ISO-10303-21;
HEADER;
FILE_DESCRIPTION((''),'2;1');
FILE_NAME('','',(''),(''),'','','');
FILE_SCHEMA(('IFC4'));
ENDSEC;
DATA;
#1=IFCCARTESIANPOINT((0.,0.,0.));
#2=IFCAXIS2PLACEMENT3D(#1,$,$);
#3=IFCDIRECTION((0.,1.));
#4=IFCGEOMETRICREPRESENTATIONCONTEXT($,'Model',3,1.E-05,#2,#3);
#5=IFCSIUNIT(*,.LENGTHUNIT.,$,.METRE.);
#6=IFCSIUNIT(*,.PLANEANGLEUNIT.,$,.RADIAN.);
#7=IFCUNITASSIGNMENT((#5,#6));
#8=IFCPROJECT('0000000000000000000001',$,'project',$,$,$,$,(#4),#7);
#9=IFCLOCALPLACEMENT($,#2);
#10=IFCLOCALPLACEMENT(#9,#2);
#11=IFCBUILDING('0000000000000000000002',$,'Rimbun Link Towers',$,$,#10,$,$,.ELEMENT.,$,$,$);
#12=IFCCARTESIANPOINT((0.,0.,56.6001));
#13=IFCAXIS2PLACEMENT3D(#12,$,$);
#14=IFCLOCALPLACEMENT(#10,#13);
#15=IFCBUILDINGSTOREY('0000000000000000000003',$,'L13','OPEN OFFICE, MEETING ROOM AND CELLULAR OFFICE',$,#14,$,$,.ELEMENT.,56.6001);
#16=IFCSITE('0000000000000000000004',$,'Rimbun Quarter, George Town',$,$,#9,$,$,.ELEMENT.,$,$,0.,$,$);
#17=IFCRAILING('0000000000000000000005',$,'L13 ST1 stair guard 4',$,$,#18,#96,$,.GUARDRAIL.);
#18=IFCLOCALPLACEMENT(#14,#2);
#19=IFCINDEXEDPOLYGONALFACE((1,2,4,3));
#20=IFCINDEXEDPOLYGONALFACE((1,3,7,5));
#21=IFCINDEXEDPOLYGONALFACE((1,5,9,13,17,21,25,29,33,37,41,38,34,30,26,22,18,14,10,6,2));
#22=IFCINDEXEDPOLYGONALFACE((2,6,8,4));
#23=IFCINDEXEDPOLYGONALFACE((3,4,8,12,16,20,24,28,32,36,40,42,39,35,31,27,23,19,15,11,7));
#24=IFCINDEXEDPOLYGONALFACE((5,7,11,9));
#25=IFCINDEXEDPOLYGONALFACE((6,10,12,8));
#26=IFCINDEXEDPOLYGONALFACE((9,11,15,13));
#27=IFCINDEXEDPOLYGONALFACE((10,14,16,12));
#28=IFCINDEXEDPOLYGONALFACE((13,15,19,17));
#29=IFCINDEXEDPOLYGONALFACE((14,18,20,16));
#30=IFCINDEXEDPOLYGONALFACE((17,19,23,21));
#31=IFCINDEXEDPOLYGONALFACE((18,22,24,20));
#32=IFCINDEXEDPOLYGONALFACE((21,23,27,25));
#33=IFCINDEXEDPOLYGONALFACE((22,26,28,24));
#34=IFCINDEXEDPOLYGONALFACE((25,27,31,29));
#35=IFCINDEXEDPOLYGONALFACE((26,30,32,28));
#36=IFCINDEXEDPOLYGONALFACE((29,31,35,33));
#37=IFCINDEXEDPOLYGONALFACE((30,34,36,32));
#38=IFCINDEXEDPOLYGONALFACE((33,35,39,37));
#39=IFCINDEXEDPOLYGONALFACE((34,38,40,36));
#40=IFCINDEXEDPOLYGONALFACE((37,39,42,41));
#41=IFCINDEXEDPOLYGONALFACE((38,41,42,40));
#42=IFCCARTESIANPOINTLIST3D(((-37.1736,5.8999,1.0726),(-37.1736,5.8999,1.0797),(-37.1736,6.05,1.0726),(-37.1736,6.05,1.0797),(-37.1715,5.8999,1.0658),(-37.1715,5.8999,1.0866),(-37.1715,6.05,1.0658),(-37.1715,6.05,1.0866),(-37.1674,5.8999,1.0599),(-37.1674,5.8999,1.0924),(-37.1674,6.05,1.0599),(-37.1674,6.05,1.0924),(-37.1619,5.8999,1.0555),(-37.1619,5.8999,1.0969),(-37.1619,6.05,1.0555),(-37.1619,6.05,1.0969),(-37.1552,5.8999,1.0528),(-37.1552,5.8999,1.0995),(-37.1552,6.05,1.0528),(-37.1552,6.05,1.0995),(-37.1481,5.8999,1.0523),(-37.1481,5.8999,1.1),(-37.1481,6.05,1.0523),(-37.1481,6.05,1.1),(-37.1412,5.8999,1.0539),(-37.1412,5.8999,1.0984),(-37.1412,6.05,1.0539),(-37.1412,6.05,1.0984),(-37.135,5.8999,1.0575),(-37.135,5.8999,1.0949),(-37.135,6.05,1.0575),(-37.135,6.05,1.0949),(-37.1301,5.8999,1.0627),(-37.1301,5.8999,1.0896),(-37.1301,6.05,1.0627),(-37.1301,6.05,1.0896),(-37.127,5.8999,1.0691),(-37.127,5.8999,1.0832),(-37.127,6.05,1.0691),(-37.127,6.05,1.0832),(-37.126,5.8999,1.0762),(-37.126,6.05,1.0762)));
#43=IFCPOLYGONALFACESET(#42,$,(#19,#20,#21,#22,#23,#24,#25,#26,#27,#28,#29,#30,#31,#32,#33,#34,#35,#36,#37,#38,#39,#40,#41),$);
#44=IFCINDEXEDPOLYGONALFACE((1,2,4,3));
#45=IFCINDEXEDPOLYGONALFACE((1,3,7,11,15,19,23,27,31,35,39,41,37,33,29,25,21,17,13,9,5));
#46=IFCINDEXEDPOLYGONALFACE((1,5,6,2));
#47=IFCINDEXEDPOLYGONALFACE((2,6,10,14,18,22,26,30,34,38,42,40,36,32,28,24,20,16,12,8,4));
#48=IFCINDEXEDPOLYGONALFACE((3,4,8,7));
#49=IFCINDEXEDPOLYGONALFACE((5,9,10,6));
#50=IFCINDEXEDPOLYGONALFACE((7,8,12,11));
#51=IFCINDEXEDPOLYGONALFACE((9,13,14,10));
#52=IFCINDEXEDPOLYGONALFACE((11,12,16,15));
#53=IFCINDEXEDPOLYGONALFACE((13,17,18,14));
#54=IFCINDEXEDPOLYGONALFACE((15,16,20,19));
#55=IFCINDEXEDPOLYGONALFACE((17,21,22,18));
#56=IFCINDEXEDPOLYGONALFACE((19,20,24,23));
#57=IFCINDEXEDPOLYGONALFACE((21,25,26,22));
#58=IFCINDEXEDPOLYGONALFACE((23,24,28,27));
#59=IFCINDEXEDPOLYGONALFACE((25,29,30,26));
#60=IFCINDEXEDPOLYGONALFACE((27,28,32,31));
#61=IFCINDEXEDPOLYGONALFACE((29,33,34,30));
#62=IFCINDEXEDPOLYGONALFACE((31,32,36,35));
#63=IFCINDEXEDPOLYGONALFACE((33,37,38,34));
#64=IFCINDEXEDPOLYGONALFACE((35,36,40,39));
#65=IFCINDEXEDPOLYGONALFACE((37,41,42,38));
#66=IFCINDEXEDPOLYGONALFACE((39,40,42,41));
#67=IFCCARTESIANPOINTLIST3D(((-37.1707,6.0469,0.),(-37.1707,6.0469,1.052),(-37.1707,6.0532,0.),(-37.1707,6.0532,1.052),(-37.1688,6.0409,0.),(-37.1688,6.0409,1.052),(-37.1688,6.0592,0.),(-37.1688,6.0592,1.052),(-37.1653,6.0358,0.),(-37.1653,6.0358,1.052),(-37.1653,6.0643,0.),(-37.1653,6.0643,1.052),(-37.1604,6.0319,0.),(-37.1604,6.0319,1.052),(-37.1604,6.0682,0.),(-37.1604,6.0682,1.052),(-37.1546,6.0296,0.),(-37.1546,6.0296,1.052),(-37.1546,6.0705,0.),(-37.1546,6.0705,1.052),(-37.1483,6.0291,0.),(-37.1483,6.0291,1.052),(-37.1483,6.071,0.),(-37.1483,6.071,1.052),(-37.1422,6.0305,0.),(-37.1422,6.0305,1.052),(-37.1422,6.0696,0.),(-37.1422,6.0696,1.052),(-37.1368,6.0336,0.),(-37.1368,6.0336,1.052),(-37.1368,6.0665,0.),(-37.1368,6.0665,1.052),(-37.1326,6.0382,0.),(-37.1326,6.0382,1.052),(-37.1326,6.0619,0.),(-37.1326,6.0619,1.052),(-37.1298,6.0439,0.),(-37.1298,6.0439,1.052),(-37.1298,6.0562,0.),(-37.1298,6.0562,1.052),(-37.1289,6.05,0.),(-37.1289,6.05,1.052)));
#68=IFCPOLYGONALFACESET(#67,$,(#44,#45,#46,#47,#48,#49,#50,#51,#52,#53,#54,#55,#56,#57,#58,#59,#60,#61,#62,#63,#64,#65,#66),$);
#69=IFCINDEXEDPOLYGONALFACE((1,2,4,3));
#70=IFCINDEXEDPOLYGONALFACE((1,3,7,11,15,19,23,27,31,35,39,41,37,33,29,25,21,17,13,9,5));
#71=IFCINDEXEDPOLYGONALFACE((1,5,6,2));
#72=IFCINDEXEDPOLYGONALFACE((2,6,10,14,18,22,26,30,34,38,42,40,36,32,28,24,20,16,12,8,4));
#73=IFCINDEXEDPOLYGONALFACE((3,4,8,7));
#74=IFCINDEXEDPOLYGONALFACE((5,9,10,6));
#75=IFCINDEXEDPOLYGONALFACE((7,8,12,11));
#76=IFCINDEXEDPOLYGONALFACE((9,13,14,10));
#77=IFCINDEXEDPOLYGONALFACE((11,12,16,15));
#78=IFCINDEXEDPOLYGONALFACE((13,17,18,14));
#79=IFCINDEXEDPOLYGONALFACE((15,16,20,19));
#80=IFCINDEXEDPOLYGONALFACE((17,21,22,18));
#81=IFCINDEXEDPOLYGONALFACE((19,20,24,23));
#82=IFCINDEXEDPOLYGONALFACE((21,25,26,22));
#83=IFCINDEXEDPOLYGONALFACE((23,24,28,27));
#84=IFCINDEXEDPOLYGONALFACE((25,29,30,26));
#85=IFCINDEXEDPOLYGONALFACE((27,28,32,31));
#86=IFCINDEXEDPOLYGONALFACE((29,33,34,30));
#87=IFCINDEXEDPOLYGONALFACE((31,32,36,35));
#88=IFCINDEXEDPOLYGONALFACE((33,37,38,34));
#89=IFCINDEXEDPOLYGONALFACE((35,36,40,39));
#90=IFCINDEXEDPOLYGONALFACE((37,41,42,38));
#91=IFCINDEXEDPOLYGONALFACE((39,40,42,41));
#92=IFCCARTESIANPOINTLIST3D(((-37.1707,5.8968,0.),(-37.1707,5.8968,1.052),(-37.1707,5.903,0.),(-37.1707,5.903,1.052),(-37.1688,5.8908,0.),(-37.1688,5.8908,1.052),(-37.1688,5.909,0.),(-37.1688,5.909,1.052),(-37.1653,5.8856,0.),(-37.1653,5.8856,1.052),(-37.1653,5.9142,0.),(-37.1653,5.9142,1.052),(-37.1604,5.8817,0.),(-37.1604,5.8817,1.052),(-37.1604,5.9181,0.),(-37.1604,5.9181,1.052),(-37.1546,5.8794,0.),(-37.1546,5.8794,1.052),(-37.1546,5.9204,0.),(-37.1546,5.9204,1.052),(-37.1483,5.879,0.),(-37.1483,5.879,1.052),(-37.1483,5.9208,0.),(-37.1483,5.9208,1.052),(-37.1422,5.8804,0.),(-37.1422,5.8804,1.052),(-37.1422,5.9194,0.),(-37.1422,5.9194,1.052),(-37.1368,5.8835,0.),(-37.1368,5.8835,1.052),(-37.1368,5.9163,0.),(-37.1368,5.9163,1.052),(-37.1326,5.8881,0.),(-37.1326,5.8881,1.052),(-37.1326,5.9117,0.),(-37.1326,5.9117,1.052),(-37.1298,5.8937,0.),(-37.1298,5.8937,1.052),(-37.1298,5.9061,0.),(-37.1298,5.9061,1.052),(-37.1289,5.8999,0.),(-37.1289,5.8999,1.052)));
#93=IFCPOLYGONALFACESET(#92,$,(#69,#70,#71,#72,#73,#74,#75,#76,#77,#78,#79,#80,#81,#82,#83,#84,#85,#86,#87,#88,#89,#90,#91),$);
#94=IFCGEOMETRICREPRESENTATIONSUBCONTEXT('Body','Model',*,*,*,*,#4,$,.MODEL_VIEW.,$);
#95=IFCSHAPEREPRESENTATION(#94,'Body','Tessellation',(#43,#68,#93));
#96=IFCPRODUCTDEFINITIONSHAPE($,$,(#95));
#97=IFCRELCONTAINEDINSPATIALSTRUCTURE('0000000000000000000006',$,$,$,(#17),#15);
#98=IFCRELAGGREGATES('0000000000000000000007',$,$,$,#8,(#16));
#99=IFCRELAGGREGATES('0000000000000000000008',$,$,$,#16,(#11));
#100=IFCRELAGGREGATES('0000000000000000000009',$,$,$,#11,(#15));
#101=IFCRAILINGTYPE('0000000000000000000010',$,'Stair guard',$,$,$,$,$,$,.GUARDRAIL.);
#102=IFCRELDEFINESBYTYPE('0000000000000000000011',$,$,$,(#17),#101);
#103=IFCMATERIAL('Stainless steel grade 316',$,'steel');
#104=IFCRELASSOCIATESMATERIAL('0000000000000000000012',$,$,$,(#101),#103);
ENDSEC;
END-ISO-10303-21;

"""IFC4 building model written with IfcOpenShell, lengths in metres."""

from ifc_helpers import new_model, si_unit, direction, frame, origin, origin_2d, place, context, subcontext, project, spatial, circle, extrude, material, type_object, element, save


model = new_model("IFC4")

# Units and contexts
model_context = context("Model", 3, precision=1e-05, world=origin(), true_north=direction((0.0, 1.0)))
body_context = subcontext(model_context, "Body", "Model", "MODEL_VIEW")
ifc_project = project(units=[si_unit("LENGTHUNIT", "METRE"), si_unit("PLANEANGLEUNIT", "RADIAN")], contexts=[model_context])

# Site, building, storey
site_placement = place(None, origin())
site = spatial("IfcSite", under=ifc_project, at=site_placement, Name="Rimbun Quarter, George Town", CompositionType="ELEMENT", RefElevation=0.0)
building_placement = place(site_placement, origin())
building = spatial("IfcBuilding", under=site, at=building_placement, Name="Rimbun Link Towers", CompositionType="ELEMENT")
storey_placement = place(building_placement, frame((0.0, 0.0, 56.6001)))
storey = spatial("IfcBuildingStorey", under=building, at=storey_placement, Name="L13", Description="OPEN OFFICE, MEETING ROOM AND CELLULAR OFFICE", CompositionType="ELEMENT", Elevation=56.6001)

# Railing
ifc_material_1 = material(Name="Stainless steel grade 316", Category="steel")
railing_type_1 = type_object("IfcRailingType", Name="Stair guard", PredefinedType="GUARDRAIL", material=ifc_material_1)
railing_1_placement = place(storey_placement, frame((-37.1499, 6.05, 0.0)))
element("IfcRailing", 1, at=railing_1_placement, inside=storey, type_object=railing_type_1, Name="L13 ST1 stair guard 4", PredefinedType="GUARDRAIL", context=body_context, shape_type="SweptSolid", body=[
    extrude(circle(Radius=0.0239, at=origin_2d()), frame((0.0, 0.0, 1.0762), z_axis=(0.0, -1.0, 0.0), x_axis=(1.0, 0.0, 0.0)), (0.0, 0.0, 1.0), 0.1501),
    extrude(circle(Radius=0.021, at=origin_2d()), origin(), (0.0, 0.0, 1.0), 1.052),
    extrude(circle(Radius=0.021, at=origin_2d()), frame((0.0, -0.1501, 0.0)), (0.0, 0.0, 1.0), 1.052),
])

save(model, "model.ifc")
